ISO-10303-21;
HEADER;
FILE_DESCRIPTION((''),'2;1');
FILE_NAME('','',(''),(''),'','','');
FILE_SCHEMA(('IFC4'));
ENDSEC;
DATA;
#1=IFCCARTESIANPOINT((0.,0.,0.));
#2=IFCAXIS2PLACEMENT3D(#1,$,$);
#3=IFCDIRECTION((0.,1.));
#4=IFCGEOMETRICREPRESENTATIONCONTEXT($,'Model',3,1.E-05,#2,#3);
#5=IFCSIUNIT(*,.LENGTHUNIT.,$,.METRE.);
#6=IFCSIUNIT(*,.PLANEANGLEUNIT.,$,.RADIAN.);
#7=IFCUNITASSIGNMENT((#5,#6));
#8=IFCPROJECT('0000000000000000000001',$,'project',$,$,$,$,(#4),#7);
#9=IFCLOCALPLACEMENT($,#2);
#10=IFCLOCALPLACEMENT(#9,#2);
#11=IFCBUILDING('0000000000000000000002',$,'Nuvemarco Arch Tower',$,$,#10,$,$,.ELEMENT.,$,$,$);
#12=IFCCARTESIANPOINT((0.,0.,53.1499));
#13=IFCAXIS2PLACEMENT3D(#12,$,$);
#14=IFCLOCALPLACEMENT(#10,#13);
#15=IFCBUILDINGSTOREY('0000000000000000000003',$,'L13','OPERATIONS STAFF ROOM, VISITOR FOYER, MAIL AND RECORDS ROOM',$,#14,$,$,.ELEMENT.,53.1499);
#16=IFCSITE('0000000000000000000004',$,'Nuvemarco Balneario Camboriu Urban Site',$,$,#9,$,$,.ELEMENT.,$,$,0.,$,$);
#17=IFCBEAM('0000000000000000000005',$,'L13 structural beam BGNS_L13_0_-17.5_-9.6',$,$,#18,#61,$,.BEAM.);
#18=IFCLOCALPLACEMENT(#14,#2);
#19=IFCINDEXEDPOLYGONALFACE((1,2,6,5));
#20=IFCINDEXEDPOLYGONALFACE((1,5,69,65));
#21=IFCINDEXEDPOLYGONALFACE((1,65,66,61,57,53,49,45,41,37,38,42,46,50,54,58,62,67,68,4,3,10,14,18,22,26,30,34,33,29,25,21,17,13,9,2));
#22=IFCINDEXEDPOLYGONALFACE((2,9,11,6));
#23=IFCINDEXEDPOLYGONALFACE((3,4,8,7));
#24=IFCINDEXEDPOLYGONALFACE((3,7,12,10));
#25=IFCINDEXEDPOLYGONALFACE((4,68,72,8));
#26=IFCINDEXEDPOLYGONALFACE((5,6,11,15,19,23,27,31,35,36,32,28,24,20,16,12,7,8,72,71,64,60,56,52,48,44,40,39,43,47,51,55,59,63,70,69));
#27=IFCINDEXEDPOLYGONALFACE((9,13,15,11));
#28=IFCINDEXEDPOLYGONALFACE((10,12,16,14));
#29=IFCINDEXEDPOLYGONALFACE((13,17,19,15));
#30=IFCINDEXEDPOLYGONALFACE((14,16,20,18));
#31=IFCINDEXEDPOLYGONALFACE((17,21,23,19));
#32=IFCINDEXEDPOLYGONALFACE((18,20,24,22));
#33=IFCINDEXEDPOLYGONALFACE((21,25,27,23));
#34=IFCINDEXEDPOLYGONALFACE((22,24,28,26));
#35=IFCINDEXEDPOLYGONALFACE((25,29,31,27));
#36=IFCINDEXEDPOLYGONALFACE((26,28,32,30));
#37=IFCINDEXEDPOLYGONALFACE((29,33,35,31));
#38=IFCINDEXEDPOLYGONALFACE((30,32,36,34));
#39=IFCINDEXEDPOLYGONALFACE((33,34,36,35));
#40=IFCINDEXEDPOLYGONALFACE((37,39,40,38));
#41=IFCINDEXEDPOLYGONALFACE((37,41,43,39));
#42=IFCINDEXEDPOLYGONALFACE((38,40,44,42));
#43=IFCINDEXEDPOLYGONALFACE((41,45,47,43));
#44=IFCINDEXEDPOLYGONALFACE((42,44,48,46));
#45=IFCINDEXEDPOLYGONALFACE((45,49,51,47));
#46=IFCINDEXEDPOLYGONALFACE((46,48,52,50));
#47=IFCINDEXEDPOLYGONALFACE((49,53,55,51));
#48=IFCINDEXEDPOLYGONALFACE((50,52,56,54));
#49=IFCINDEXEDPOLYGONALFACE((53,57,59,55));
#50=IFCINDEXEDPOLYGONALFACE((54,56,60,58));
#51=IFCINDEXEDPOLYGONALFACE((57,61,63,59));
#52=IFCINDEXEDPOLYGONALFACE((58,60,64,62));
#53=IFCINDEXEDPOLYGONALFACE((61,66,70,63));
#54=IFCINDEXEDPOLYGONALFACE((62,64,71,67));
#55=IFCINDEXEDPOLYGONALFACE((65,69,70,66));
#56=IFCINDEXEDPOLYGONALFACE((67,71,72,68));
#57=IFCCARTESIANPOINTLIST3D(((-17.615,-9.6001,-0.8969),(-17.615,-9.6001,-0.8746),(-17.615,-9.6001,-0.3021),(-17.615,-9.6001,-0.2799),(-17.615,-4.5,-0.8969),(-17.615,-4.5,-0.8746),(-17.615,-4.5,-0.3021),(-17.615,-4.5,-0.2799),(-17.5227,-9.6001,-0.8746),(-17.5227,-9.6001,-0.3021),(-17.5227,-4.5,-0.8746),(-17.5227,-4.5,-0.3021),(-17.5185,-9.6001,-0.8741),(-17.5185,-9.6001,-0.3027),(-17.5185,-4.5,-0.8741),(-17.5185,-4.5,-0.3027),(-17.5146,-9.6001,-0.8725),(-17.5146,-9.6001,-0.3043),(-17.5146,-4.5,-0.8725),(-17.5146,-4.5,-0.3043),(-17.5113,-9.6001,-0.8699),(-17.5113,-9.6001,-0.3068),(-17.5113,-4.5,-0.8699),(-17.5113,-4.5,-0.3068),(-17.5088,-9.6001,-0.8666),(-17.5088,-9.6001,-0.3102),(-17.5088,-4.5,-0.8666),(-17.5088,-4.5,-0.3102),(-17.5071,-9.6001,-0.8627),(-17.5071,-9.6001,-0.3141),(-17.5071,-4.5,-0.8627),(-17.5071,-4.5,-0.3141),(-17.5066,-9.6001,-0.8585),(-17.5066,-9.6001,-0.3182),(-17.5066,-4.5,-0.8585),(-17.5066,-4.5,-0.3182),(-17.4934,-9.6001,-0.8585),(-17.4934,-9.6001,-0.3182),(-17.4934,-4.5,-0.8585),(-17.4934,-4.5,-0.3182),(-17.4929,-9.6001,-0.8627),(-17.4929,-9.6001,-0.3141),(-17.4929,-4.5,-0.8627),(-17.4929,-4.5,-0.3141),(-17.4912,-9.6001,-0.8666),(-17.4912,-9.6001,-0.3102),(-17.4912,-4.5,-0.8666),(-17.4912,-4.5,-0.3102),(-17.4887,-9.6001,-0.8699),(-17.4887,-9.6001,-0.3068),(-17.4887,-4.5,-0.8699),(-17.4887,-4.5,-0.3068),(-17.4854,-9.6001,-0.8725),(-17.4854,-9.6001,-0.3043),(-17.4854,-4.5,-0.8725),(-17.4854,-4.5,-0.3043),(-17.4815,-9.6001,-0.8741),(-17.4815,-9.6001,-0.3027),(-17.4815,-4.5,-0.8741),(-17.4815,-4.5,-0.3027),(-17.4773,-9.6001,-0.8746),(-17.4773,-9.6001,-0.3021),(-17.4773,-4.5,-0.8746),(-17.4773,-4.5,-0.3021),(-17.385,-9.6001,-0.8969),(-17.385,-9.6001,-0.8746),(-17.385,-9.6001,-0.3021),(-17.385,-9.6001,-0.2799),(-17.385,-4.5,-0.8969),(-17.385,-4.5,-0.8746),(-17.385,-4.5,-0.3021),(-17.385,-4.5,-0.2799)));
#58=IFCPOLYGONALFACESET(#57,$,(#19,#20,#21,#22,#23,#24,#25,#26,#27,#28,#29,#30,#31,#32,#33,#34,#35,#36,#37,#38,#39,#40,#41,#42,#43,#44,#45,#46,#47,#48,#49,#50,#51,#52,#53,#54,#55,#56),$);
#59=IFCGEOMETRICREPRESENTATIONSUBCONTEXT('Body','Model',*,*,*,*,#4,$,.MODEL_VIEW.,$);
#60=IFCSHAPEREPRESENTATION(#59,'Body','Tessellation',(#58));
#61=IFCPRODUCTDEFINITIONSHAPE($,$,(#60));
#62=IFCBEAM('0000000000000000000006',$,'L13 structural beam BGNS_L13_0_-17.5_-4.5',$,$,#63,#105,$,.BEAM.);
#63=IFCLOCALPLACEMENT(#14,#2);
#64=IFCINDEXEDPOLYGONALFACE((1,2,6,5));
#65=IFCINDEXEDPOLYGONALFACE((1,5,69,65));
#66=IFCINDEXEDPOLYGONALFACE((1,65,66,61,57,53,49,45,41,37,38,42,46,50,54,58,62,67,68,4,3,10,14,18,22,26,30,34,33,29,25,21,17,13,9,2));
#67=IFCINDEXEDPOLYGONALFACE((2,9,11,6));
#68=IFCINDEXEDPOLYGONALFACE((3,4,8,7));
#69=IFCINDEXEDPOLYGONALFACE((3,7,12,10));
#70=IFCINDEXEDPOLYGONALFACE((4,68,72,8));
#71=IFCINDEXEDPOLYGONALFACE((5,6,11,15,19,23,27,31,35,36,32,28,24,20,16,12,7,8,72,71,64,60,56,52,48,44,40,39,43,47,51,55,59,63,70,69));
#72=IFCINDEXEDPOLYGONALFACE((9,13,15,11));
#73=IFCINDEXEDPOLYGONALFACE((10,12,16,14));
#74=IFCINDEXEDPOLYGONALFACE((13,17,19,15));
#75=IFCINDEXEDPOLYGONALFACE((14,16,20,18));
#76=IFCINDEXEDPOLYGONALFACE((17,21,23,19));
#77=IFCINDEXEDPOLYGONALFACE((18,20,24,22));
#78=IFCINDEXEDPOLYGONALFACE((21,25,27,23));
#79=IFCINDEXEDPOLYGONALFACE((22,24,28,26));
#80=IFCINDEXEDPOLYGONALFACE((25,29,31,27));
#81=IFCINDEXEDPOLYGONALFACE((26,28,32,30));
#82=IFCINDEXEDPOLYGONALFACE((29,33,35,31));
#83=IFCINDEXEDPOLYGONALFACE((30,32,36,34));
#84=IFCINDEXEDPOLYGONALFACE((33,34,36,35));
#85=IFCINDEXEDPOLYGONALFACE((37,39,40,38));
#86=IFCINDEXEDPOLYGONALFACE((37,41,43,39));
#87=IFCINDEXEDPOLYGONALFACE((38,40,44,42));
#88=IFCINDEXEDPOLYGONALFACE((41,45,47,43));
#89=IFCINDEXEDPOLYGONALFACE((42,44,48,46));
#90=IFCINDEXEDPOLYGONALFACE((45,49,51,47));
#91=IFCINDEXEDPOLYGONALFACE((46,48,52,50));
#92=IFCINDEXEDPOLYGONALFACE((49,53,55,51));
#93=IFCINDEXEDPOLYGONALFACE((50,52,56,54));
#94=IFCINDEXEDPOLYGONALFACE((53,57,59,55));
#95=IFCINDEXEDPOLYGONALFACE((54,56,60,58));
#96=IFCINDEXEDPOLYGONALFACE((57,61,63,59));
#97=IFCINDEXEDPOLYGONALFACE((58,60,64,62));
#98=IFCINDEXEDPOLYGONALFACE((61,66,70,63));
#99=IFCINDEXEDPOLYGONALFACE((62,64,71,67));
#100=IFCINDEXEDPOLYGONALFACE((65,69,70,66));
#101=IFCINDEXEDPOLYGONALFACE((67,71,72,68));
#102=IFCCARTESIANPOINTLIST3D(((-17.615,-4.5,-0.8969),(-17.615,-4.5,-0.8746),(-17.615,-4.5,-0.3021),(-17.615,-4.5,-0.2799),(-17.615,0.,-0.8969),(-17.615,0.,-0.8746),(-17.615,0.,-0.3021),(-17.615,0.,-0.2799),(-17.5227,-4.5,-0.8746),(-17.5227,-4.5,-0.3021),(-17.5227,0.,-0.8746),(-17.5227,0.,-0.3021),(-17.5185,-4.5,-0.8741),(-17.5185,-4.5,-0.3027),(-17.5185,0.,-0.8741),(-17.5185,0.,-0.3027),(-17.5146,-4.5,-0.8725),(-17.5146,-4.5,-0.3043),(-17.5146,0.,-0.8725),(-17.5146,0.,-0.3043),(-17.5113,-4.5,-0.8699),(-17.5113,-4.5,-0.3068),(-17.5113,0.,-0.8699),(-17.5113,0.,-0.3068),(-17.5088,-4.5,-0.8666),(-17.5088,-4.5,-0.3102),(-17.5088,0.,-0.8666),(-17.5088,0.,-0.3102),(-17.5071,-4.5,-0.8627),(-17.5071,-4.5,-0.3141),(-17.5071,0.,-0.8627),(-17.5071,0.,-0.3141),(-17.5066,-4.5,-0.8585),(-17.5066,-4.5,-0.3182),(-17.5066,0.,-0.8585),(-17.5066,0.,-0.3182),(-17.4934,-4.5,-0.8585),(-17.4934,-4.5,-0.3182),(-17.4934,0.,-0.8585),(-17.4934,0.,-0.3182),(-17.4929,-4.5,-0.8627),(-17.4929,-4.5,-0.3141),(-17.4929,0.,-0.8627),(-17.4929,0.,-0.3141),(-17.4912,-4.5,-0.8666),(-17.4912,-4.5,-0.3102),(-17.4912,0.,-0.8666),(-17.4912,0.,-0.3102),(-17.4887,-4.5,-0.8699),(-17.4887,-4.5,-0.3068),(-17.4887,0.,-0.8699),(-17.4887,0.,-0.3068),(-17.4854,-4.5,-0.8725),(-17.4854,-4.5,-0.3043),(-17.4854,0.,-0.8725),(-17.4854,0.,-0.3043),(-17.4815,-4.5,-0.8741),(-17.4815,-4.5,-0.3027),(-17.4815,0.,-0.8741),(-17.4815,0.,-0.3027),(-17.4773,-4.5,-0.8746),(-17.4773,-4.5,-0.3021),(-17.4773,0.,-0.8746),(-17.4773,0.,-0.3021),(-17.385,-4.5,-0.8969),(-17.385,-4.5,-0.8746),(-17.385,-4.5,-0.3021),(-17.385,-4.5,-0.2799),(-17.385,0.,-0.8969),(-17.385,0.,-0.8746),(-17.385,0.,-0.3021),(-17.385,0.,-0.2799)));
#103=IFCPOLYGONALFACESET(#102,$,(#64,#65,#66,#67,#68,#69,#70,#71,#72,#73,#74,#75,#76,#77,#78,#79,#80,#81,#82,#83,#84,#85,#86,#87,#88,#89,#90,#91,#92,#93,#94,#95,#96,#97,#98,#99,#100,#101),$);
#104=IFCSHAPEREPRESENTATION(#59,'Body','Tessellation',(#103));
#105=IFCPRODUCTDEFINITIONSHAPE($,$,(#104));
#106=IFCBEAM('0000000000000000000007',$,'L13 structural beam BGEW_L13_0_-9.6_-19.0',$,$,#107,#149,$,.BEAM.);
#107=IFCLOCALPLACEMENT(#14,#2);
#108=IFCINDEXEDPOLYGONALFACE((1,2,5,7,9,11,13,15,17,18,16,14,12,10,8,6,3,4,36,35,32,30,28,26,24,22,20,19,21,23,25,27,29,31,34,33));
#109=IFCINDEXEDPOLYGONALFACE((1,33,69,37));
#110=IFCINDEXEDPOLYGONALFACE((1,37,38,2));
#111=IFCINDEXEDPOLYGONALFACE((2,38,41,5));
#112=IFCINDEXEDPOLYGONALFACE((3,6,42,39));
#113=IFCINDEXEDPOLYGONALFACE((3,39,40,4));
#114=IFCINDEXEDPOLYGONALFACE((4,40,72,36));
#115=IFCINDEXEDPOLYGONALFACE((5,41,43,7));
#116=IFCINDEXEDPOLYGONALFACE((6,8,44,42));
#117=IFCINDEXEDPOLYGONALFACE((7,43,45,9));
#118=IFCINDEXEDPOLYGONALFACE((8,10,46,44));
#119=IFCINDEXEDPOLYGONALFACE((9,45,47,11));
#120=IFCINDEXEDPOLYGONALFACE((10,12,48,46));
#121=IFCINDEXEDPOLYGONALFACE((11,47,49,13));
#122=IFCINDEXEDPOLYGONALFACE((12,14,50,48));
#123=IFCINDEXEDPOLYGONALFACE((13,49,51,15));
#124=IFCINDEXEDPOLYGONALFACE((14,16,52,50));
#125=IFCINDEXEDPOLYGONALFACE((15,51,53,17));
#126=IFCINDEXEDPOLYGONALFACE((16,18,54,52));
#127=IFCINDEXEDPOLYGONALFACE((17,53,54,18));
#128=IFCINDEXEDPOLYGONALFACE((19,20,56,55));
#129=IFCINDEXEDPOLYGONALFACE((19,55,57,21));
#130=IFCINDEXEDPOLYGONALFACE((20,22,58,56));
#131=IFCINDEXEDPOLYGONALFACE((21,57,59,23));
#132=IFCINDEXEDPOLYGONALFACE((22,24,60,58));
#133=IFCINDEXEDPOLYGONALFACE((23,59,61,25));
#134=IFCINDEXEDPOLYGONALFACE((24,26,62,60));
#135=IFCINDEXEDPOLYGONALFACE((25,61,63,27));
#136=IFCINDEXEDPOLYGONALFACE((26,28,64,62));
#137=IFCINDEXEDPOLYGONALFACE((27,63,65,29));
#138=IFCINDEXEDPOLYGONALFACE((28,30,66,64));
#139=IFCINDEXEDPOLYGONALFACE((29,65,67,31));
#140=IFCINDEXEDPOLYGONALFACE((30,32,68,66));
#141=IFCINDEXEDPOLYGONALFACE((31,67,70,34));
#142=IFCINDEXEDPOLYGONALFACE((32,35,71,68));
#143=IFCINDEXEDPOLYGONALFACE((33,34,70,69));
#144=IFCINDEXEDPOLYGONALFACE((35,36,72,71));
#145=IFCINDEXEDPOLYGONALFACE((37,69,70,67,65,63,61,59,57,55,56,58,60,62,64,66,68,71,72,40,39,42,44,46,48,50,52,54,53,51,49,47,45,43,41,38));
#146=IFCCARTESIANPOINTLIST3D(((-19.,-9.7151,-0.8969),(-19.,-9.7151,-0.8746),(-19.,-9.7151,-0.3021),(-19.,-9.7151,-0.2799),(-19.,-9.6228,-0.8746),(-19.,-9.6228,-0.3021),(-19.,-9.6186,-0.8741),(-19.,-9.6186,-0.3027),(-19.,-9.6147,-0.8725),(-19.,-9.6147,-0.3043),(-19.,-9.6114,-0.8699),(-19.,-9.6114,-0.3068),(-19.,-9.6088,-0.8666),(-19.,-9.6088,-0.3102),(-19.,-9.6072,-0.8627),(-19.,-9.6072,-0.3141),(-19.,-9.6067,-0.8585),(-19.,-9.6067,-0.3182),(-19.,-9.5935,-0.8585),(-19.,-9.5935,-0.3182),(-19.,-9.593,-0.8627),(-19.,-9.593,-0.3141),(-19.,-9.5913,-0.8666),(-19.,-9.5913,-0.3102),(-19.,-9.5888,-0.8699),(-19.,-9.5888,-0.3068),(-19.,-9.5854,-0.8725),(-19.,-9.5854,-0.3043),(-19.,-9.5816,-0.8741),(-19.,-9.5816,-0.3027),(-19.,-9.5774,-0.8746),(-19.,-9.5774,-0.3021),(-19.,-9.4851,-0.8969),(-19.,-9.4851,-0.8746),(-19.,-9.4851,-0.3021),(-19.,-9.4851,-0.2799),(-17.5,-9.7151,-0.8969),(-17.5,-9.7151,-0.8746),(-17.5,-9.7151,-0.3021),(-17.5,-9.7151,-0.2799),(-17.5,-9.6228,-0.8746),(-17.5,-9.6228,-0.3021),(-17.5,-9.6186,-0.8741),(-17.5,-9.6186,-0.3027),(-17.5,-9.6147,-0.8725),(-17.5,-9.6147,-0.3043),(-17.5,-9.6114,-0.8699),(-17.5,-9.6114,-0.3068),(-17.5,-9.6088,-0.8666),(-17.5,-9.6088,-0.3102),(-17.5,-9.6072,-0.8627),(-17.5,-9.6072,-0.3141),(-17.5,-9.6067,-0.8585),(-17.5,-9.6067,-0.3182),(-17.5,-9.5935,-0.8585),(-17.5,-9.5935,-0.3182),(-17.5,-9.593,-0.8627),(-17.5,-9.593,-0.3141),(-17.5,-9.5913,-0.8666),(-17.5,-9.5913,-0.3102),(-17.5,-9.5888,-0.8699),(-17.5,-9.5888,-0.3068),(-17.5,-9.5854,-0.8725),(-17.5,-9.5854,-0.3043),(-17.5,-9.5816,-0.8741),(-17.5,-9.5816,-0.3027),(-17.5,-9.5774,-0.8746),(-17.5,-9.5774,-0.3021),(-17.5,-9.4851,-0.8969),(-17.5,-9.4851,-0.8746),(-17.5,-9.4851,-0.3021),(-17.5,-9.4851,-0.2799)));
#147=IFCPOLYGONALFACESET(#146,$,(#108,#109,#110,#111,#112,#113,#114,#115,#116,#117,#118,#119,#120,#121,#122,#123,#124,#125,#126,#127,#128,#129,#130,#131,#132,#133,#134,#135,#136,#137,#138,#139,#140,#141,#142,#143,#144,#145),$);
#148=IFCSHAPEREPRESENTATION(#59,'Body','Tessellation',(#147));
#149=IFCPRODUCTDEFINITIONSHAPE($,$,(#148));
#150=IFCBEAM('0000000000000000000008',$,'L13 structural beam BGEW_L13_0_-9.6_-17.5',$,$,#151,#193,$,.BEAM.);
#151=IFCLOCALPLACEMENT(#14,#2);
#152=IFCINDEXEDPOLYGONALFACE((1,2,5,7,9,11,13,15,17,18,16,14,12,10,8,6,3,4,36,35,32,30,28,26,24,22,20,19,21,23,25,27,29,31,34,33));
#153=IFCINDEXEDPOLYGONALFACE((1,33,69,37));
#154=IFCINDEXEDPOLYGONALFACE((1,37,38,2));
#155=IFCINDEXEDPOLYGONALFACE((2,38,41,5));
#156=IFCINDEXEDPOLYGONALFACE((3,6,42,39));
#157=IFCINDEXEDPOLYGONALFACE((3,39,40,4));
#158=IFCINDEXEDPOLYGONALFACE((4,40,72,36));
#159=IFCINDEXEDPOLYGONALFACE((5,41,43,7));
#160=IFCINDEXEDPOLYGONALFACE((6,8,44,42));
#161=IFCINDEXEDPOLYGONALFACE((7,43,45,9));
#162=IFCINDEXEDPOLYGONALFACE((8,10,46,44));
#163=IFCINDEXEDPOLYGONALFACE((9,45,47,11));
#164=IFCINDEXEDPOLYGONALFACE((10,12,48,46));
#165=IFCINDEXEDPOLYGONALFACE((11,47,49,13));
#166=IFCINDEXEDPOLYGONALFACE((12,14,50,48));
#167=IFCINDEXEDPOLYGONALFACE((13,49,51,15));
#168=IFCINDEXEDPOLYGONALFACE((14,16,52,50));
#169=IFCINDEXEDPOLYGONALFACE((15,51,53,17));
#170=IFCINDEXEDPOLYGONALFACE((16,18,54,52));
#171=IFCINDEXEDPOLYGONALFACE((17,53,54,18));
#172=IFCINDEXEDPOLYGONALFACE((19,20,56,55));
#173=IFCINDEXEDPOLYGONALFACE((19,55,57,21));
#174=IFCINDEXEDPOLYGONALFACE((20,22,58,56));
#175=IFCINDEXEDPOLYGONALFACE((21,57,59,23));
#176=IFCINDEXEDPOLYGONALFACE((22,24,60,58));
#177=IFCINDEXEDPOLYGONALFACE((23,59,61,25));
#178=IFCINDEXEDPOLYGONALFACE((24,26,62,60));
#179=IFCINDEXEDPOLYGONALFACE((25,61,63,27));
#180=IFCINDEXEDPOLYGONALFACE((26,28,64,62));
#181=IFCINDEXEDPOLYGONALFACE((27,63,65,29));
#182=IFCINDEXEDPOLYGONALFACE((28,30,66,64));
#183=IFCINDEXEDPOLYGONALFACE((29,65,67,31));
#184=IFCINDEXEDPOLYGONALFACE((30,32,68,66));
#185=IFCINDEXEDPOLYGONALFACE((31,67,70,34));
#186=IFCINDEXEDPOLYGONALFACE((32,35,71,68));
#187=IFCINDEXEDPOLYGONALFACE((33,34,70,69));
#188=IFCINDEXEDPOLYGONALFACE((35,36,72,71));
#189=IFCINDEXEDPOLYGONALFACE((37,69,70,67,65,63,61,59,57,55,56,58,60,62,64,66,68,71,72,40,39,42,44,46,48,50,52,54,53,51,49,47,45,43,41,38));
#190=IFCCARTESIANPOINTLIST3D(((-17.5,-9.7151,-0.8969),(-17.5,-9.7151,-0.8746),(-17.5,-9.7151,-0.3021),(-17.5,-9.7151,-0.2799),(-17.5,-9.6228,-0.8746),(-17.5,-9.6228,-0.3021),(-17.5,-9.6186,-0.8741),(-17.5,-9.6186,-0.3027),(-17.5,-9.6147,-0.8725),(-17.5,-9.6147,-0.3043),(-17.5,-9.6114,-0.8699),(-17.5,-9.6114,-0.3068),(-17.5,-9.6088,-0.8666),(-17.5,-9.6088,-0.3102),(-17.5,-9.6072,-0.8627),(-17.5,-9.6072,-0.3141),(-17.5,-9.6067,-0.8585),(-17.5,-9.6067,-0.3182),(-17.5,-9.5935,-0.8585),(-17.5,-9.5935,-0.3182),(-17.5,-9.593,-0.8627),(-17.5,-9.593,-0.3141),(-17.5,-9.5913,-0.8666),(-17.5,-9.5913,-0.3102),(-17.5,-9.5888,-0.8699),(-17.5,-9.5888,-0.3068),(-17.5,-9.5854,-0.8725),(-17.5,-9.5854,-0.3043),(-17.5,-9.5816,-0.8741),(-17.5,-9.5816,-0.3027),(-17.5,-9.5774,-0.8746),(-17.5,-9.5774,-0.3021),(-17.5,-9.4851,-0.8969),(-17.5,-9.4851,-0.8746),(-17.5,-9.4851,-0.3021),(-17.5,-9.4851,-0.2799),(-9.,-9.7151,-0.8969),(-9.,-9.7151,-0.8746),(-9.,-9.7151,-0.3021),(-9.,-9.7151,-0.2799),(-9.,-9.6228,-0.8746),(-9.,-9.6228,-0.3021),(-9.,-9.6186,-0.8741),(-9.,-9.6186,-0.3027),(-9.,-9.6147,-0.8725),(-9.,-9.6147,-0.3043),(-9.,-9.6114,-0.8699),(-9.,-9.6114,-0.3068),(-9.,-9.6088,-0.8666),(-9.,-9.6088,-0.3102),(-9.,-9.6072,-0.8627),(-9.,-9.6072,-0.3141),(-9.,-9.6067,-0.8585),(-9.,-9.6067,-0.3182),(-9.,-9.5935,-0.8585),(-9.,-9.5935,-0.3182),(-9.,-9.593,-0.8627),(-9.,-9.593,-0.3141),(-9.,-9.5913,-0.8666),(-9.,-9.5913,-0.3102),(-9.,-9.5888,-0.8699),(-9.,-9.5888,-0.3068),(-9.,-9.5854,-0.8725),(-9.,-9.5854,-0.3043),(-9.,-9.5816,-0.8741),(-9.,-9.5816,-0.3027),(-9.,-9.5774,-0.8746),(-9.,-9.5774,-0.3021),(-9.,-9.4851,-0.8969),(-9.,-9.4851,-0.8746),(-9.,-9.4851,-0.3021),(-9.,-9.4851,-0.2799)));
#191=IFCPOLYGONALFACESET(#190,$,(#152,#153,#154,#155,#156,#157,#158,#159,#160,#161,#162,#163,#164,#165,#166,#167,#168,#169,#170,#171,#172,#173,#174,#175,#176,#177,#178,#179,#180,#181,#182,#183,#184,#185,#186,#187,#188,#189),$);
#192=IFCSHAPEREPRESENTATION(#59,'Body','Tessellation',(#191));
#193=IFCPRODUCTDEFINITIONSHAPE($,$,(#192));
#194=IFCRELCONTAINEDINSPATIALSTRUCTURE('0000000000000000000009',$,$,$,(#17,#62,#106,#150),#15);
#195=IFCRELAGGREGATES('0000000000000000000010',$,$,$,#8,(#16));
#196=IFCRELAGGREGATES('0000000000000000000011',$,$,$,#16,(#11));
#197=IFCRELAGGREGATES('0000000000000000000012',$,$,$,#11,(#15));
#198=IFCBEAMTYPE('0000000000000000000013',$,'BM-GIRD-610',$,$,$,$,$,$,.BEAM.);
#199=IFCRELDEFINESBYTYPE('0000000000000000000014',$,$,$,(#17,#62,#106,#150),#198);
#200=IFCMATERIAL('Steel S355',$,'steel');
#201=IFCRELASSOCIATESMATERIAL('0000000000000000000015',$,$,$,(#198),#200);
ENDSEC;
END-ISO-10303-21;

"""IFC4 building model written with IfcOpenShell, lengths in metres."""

from ifc_helpers import new_model, si_unit, direction, frame, origin, origin_2d, place, context, subcontext, project, spatial, i_section, extrude, material, material_profile, profile_set, type_object, element, save


model = new_model("IFC4")

# Units and contexts
model_context = context("Model", 3, precision=1e-05, world=origin(), true_north=direction((0.0, 1.0)))
body_context = subcontext(model_context, "Body", "Model", "MODEL_VIEW")
ifc_project = project(units=[si_unit("LENGTHUNIT", "METRE"), si_unit("PLANEANGLEUNIT", "RADIAN")], contexts=[model_context])

# Site, building, storey
site_placement = place(None, origin())
site = spatial("IfcSite", under=ifc_project, at=site_placement, Name="Nuvemarco Balneario Camboriu Urban Site", CompositionType="ELEMENT", RefElevation=0.0)
building_placement = place(site_placement, origin())
building = spatial("IfcBuilding", under=site, at=building_placement, Name="Nuvemarco Arch Tower", CompositionType="ELEMENT")
storey_placement = place(building_placement, frame((0.0, 0.0, 53.1499)))
storey = spatial("IfcBuildingStorey", under=building, at=storey_placement, Name="L13", Description="OPERATIONS STAFF ROOM, VISITOR FOYER, MAIL AND RECORDS ROOM", CompositionType="ELEMENT", Elevation=53.1499)

# Beams
ifc_material_1 = material(Name="Steel S355", Category="steel")
ifc_material_profile_1 = material_profile(ifc_material_1, i_section(OverallWidth=0.23, OverallDepth=0.6169, WebThickness=0.0132, FlangeThickness=0.0222, FilletRadius=0.0161, at=origin_2d()), Name="W610x140")
ifc_profile_set_1 = profile_set([ifc_material_profile_1], Name="Steel S355")
beam_type_1 = type_object("IfcBeamType", Name="BM-GIRD-610", PredefinedType="BEAM", material=ifc_profile_set_1)
beam_1_placement = place(storey_placement, frame((-17.5, -9.6001, -0.5884), z_axis=(0.0, 1.0, 0.0), x_axis=(-1.0, 0.0, 0.0)))
element("IfcBeam", 1, at=beam_1_placement, inside=storey, type_object=beam_type_1, Name="L13 structural beam BGNS_L13_0_-17.5_-9.6", PredefinedType="BEAM", context=body_context, shape_type="SweptSolid", body=[
    extrude(i_section(OverallWidth=0.23, OverallDepth=0.6169, WebThickness=0.0132, FlangeThickness=0.0222, FilletRadius=0.0161, at=origin_2d()), origin(), (0.0, 0.0, 1.0), 5.1001),
])
beam_2_placement = place(storey_placement, frame((-17.5, -4.5, -0.5884), z_axis=(0.0, 1.0, 0.0), x_axis=(-1.0, 0.0, 0.0)))
element("IfcBeam", 2, at=beam_2_placement, inside=storey, type_object=beam_type_1, Name="L13 structural beam BGNS_L13_0_-17.5_-4.5", PredefinedType="BEAM", context=body_context, shape_type="SweptSolid", body=[
    extrude(i_section(OverallWidth=0.23, OverallDepth=0.6169, WebThickness=0.0132, FlangeThickness=0.0222, FilletRadius=0.0161, at=origin_2d()), origin(), (0.0, 0.0, 1.0), 4.5),
])
beam_3_placement = place(storey_placement, frame((-19.0, -9.6001, -0.5884), z_axis=(1.0, 0.0, 0.0), x_axis=(0.0, 1.0, 0.0)))
element("IfcBeam", 3, at=beam_3_placement, inside=storey, type_object=beam_type_1, Name="L13 structural beam BGEW_L13_0_-9.6_-19.0", PredefinedType="BEAM", context=body_context, shape_type="SweptSolid", body=[
    extrude(i_section(OverallWidth=0.23, OverallDepth=0.6169, WebThickness=0.0132, FlangeThickness=0.0222, FilletRadius=0.0161, at=origin_2d()), origin(), (0.0, 0.0, 1.0), 1.5),
])
beam_4_placement = place(storey_placement, frame((-17.5, -9.6001, -0.5884), z_axis=(1.0, 0.0, 0.0), x_axis=(0.0, 1.0, 0.0)))
element("IfcBeam", 4, at=beam_4_placement, inside=storey, type_object=beam_type_1, Name="L13 structural beam BGEW_L13_0_-9.6_-17.5", PredefinedType="BEAM", context=body_context, shape_type="SweptSolid", body=[
    extrude(i_section(OverallWidth=0.23, OverallDepth=0.6169, WebThickness=0.0132, FlangeThickness=0.0222, FilletRadius=0.0161, at=origin_2d()), origin(), (0.0, 0.0, 1.0), 8.5),
])

save(model, "model.ifc")
